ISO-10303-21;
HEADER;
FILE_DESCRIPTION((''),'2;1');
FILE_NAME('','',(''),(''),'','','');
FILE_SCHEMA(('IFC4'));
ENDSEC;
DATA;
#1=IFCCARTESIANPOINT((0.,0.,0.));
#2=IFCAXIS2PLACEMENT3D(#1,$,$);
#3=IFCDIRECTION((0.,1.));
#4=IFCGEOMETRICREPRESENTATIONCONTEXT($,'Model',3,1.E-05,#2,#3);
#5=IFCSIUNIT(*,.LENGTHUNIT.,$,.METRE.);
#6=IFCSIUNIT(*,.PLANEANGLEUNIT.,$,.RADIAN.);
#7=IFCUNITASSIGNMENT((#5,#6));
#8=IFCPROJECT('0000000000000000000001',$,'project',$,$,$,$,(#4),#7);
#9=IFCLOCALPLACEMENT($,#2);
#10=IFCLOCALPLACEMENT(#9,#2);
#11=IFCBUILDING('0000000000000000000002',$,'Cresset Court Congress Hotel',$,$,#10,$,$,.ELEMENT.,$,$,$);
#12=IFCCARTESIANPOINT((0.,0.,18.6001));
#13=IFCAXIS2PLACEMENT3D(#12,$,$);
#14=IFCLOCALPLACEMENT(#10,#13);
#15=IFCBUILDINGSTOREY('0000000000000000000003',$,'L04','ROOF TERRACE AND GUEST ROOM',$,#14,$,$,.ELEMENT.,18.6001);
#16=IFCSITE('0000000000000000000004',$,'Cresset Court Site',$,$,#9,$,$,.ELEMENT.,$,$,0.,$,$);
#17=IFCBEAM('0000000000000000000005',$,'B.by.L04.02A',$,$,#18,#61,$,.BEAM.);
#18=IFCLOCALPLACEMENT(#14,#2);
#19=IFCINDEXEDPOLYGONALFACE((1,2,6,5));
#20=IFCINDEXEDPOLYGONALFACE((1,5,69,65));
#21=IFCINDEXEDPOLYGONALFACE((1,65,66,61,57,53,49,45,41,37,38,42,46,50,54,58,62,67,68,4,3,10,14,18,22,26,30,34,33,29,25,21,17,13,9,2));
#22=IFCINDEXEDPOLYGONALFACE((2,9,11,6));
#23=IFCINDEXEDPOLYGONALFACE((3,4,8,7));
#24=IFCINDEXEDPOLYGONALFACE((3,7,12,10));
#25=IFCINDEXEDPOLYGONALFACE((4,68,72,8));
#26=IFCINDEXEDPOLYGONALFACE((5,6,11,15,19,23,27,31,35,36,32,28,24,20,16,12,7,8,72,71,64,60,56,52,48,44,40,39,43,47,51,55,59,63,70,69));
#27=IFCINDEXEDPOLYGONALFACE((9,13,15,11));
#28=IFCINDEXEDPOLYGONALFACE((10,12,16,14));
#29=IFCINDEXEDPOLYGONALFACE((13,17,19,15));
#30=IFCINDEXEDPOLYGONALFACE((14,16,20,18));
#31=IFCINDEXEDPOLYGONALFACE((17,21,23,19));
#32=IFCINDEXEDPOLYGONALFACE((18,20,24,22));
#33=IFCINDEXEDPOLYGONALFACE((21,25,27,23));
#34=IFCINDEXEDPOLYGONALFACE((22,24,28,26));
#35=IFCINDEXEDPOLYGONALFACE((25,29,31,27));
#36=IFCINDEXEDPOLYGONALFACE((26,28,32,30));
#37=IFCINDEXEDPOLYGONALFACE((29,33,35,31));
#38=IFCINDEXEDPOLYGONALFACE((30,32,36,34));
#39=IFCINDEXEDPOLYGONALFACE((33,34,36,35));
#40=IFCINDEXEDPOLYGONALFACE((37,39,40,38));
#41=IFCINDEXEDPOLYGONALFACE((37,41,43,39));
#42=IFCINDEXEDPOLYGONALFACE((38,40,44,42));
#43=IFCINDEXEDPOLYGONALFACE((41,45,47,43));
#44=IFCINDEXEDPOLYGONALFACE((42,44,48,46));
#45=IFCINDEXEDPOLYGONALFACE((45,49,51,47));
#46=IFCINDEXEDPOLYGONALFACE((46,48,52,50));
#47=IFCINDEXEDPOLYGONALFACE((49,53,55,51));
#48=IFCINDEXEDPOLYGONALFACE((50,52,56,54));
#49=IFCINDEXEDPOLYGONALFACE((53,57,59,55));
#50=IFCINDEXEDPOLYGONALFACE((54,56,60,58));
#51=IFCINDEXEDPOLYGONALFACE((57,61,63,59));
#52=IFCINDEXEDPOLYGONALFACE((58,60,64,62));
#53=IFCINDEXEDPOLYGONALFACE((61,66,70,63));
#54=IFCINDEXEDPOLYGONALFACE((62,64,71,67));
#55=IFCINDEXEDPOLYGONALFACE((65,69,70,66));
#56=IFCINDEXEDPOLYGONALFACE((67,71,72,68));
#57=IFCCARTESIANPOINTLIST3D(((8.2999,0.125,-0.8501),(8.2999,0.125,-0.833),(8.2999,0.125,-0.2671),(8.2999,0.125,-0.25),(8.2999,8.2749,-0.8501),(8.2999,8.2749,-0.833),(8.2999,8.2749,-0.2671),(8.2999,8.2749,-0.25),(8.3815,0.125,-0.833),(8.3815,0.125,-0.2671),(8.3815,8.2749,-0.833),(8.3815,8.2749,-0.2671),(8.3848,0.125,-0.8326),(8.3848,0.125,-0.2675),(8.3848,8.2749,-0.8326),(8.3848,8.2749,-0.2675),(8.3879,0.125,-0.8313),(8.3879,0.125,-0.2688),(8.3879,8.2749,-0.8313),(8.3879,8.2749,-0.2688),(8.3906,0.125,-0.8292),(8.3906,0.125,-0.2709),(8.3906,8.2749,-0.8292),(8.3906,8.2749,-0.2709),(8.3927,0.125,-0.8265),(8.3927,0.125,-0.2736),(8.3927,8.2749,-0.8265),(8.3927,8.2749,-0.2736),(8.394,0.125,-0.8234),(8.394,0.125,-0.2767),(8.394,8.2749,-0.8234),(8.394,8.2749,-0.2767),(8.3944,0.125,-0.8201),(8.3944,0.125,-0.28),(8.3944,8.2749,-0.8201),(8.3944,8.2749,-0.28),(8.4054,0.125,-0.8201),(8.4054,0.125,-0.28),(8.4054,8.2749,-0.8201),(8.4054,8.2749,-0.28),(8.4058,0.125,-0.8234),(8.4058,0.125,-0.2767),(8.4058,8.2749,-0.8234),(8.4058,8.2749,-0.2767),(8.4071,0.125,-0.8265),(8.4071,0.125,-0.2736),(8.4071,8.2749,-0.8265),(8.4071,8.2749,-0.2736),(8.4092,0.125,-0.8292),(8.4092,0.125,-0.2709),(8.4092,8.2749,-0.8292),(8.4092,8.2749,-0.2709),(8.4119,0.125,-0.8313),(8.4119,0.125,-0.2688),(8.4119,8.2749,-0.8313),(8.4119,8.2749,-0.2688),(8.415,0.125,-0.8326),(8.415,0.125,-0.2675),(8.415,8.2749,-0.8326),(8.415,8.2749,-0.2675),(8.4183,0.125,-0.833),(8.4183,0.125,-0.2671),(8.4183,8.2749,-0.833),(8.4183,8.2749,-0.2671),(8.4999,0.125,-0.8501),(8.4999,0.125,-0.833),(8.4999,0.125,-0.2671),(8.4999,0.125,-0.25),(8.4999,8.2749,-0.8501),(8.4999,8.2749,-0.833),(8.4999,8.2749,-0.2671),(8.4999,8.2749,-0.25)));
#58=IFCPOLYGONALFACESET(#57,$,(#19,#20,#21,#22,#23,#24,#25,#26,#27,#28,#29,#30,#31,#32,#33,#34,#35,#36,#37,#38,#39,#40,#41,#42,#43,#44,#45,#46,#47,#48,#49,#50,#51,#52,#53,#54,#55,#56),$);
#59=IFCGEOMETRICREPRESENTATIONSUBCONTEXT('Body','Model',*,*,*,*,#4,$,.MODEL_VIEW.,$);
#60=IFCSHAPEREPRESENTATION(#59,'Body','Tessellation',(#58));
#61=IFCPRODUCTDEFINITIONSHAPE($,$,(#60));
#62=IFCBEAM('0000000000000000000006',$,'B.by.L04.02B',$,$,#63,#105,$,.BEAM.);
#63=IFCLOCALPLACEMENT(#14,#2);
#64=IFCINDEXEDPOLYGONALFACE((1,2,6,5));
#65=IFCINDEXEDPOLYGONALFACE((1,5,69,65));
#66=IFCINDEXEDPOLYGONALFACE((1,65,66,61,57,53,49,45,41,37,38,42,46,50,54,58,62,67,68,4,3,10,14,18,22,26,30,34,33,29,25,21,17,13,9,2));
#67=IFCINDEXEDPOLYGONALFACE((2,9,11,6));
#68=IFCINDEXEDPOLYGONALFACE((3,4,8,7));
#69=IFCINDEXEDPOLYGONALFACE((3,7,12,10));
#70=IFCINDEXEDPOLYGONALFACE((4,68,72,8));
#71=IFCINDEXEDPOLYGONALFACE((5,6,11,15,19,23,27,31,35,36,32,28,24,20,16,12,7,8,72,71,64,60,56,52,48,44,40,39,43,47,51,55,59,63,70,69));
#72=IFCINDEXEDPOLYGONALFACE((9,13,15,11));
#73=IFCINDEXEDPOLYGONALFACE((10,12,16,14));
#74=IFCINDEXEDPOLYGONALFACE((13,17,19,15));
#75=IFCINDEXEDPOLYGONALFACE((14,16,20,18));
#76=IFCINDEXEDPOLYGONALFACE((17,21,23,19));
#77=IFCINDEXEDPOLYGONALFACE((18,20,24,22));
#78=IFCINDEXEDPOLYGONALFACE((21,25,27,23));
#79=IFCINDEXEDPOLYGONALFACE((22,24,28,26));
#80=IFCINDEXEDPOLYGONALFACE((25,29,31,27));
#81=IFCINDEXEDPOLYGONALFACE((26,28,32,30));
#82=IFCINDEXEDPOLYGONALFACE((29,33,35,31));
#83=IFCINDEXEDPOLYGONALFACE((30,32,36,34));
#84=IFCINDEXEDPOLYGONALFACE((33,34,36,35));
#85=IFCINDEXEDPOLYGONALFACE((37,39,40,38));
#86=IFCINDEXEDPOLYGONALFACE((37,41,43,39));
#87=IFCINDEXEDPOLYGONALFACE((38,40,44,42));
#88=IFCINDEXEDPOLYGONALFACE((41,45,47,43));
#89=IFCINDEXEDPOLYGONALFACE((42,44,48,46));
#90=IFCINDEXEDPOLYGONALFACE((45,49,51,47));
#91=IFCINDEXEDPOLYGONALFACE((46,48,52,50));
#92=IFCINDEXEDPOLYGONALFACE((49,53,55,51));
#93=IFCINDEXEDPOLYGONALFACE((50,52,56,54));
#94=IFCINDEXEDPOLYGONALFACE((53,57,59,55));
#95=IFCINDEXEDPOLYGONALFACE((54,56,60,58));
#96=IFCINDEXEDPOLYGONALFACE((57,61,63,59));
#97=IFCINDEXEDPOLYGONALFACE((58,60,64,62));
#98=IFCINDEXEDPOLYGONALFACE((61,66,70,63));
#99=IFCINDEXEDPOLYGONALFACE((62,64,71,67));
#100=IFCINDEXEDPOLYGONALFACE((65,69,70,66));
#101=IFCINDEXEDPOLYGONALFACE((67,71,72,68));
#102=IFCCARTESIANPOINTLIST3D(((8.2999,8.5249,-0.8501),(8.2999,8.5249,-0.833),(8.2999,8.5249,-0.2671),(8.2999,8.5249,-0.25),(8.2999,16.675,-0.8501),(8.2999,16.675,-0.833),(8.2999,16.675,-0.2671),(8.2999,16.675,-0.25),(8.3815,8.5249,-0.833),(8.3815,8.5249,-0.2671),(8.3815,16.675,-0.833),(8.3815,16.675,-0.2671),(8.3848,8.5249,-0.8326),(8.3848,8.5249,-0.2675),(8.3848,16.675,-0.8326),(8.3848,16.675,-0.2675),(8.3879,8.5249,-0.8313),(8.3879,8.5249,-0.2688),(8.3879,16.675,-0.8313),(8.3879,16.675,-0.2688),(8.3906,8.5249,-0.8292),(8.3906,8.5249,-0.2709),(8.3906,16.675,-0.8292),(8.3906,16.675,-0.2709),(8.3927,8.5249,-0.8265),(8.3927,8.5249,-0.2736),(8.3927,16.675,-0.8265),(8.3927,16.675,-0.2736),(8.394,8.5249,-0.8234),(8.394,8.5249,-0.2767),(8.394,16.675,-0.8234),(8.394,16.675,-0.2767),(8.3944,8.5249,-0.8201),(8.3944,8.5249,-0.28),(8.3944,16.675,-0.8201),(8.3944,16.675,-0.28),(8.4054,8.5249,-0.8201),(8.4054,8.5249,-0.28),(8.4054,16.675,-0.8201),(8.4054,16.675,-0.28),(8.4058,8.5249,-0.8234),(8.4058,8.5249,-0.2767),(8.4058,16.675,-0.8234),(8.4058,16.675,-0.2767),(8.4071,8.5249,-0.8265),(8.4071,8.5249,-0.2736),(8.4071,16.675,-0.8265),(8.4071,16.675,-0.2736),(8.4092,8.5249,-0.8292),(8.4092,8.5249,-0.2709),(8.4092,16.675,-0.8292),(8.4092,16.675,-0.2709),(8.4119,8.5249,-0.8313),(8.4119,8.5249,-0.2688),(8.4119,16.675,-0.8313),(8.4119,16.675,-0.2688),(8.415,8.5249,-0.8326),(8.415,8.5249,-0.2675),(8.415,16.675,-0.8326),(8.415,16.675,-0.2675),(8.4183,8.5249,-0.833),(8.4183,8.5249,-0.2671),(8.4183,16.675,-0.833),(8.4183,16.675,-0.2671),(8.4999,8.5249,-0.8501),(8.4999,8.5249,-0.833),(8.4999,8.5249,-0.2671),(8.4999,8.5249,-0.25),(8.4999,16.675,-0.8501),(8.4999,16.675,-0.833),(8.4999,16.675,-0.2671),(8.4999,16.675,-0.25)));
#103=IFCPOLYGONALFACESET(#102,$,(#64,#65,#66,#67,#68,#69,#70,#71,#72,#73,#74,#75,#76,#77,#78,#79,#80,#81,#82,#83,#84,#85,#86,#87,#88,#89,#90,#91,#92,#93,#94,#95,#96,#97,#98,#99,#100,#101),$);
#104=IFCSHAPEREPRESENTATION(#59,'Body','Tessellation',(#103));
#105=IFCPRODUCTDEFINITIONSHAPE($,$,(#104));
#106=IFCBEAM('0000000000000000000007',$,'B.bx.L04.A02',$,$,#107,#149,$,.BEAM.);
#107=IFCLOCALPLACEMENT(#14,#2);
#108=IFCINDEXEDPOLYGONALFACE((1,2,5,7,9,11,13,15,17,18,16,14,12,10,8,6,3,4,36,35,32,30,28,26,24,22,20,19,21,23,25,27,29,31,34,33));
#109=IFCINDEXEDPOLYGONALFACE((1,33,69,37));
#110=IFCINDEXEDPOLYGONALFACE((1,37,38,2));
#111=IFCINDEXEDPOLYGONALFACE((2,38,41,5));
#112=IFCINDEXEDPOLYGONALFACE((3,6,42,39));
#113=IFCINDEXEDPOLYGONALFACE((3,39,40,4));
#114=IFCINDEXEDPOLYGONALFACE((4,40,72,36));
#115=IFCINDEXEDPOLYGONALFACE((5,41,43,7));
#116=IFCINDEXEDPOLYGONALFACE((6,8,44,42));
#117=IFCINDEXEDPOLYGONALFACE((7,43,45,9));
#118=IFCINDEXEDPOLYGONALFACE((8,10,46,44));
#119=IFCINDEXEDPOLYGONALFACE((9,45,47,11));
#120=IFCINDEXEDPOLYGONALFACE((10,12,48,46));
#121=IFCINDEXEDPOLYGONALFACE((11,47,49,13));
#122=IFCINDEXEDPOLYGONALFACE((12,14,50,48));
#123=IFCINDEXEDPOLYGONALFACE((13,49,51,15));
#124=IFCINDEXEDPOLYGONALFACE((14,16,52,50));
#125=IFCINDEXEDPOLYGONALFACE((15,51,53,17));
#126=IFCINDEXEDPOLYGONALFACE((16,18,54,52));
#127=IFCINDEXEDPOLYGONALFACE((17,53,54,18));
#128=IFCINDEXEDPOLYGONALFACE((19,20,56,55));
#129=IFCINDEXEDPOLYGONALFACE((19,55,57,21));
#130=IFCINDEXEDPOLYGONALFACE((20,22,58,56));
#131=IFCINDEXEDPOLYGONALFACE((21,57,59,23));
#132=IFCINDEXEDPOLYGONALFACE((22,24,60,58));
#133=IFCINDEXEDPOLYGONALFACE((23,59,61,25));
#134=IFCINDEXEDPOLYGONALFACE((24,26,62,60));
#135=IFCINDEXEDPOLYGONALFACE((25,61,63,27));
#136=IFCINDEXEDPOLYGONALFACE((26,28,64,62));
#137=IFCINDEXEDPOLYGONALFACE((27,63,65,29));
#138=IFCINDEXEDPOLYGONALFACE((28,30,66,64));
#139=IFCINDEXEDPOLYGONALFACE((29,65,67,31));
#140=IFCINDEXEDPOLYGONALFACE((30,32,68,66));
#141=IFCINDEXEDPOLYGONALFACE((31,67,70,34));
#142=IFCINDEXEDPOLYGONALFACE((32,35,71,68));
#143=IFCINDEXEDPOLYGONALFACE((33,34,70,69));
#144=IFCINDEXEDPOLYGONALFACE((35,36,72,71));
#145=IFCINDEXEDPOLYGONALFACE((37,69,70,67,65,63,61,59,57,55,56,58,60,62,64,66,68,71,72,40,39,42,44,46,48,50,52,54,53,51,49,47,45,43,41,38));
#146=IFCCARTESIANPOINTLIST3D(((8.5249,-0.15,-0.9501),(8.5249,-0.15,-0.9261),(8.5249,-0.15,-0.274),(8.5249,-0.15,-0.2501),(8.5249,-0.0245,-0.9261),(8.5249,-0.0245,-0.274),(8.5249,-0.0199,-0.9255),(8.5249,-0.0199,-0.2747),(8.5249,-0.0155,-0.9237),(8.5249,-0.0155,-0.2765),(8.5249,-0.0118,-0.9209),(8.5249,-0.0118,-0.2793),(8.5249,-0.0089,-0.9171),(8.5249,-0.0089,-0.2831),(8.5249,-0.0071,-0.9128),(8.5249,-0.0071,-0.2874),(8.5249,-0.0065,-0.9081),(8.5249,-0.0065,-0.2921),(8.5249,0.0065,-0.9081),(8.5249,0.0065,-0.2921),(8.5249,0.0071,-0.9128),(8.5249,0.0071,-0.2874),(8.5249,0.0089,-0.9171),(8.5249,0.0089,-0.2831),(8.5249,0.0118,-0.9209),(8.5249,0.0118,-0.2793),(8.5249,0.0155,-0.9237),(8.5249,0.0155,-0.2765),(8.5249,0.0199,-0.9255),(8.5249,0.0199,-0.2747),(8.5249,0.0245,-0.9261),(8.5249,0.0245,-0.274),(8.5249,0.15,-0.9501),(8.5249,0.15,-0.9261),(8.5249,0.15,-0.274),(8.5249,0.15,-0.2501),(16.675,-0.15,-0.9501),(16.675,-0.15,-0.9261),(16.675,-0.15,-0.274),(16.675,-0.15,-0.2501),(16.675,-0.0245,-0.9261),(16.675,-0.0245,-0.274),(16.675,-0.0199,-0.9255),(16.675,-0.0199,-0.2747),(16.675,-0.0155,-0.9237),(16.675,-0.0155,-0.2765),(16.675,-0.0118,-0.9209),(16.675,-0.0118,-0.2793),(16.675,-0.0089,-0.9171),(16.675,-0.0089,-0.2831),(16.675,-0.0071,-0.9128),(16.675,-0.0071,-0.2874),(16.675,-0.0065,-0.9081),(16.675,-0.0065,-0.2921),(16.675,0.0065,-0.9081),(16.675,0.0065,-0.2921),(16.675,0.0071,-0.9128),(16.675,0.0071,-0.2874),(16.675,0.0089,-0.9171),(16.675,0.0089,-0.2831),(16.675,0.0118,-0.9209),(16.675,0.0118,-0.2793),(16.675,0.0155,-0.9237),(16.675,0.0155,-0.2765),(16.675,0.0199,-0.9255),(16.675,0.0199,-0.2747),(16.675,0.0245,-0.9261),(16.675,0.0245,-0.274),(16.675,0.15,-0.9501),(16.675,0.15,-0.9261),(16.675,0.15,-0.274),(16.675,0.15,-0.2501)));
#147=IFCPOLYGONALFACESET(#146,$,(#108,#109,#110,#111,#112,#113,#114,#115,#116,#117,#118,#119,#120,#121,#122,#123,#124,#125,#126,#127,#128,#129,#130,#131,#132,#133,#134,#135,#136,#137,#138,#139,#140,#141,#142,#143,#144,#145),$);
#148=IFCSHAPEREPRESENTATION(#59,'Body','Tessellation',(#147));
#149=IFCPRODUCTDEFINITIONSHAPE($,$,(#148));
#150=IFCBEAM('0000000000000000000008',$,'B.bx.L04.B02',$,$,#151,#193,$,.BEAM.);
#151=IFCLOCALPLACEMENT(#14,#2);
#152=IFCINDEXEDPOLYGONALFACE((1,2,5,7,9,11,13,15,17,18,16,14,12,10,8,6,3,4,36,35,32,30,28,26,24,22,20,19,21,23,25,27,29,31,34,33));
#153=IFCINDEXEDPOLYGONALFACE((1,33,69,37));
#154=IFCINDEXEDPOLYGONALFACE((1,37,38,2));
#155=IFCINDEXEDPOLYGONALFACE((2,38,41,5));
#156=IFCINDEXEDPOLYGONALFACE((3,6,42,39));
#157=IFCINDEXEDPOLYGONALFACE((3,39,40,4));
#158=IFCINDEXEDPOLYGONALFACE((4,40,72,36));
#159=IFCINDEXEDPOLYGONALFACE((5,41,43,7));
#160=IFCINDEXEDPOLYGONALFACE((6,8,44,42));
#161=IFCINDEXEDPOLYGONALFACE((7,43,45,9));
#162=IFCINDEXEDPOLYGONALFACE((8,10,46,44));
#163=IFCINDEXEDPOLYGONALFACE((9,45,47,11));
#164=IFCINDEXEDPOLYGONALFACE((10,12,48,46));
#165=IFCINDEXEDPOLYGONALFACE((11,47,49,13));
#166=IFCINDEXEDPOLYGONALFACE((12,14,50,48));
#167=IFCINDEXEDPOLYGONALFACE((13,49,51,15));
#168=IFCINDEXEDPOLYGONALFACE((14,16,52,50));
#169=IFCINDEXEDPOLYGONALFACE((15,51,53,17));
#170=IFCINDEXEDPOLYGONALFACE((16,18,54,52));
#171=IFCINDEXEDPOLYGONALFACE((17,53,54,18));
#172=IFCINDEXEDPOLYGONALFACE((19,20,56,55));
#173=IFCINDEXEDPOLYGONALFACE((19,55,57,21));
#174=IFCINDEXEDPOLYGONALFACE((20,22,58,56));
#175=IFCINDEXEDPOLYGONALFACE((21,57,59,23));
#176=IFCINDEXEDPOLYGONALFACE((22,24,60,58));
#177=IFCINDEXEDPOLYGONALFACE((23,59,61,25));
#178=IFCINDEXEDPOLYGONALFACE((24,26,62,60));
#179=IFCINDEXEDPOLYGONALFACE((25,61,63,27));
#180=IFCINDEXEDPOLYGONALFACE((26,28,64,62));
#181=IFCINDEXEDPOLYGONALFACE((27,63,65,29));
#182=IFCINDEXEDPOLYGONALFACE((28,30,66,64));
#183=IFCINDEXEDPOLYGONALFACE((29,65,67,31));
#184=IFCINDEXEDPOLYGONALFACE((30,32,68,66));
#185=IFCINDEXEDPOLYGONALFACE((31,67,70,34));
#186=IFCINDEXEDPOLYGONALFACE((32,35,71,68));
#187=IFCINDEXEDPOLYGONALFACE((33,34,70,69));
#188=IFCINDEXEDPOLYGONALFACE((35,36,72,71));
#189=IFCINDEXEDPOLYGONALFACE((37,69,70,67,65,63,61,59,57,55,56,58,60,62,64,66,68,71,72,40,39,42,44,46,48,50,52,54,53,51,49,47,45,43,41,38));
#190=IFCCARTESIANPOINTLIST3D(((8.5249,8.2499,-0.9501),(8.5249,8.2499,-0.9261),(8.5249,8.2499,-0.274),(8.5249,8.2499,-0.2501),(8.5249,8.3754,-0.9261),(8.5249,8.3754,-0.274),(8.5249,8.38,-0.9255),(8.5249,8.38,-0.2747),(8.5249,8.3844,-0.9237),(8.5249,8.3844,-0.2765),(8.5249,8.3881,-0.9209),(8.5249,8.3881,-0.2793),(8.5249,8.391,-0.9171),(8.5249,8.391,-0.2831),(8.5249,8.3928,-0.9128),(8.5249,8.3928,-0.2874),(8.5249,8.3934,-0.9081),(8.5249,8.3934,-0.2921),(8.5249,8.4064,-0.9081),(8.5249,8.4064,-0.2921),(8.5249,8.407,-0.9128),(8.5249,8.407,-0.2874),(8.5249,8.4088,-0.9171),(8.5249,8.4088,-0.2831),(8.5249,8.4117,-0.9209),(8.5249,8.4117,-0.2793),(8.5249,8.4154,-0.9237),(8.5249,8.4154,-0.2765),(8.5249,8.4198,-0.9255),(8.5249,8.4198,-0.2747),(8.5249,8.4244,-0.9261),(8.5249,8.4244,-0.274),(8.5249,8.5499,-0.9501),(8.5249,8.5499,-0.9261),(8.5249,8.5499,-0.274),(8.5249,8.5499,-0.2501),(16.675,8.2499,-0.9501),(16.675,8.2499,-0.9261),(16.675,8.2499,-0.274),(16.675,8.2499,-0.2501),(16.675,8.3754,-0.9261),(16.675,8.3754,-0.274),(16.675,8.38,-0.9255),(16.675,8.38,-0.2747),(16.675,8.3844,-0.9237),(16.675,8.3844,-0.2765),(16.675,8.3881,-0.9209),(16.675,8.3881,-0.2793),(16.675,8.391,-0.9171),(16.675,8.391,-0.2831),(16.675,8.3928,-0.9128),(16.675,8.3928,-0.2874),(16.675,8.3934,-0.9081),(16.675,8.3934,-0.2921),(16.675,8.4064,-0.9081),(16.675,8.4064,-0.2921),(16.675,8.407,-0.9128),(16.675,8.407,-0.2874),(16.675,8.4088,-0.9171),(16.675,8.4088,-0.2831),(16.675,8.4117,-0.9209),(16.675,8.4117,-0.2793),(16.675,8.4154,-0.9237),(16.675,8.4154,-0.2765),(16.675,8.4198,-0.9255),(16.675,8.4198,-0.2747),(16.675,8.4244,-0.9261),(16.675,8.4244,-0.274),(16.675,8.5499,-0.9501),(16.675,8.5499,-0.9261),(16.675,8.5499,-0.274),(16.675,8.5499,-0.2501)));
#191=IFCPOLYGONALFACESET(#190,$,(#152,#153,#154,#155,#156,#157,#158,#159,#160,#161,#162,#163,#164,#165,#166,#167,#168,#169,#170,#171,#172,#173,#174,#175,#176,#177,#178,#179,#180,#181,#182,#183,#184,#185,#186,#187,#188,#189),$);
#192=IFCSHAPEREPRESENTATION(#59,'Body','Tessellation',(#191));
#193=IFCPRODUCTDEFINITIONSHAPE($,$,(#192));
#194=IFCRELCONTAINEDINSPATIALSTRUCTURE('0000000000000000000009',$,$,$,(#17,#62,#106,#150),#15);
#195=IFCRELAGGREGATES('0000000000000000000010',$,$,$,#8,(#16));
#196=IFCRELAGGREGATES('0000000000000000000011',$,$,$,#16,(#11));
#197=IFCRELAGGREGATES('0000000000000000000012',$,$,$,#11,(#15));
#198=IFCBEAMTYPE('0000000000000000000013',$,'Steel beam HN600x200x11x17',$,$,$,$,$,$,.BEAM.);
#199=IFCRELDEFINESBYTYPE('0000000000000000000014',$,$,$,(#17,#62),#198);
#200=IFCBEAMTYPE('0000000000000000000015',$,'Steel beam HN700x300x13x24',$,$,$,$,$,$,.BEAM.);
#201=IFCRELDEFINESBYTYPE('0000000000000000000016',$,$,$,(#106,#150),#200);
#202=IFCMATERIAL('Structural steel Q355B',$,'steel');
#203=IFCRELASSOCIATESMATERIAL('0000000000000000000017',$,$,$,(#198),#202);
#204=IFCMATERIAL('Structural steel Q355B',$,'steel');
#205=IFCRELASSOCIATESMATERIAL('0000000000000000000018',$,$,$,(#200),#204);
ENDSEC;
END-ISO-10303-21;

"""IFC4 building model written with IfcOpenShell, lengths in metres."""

from ifc_helpers import new_model, si_unit, direction, frame, origin, origin_2d, place, context, subcontext, project, spatial, i_section, extrude, material, material_profile, profile_set, type_object, element, save


model = new_model("IFC4")

# Units and contexts
model_context = context("Model", 3, precision=1e-05, world=origin(), true_north=direction((0.0, 1.0)))
body_context = subcontext(model_context, "Body", "Model", "MODEL_VIEW")
ifc_project = project(units=[si_unit("LENGTHUNIT", "METRE"), si_unit("PLANEANGLEUNIT", "RADIAN")], contexts=[model_context])

# Site, building, storey
site_placement = place(None, origin())
site = spatial("IfcSite", under=ifc_project, at=site_placement, Name="Cresset Court Site", CompositionType="ELEMENT", RefElevation=0.0)
building_placement = place(site_placement, origin())
building = spatial("IfcBuilding", under=site, at=building_placement, Name="Cresset Court Congress Hotel", CompositionType="ELEMENT")
storey_placement = place(building_placement, frame((0.0, 0.0, 18.6001)))
storey = spatial("IfcBuildingStorey", under=building, at=storey_placement, Name="L04", Description="ROOF TERRACE AND GUEST ROOM", CompositionType="ELEMENT", Elevation=18.6001)

# Beams
ifc_material_1 = material(Name="Structural steel Q355B", Category="steel")
ifc_material_profile_1 = material_profile(ifc_material_1, i_section(OverallWidth=0.2, OverallDepth=0.6001, WebThickness=0.011, FlangeThickness=0.0171, FilletRadius=0.0129, at=origin_2d()), Name="HN600x200x11x17")
ifc_profile_set_1 = profile_set([ifc_material_profile_1], Name="Structural steel Q355B")
beam_type_1 = type_object("IfcBeamType", Name="Steel beam HN600x200x11x17", PredefinedType="BEAM", material=ifc_profile_set_1)
beam_1_placement = place(storey_placement, frame((8.3999, 0.125, -0.55), z_axis=(0.0, 1.0, 0.0), x_axis=(-1.0, 0.0, 0.0)))
element("IfcBeam", 1, at=beam_1_placement, inside=storey, type_object=beam_type_1, Name="B.by.L04.02A", PredefinedType="BEAM", context=body_context, shape_type="SweptSolid", body=[
    extrude(i_section(OverallWidth=0.2, OverallDepth=0.6001, WebThickness=0.011, FlangeThickness=0.0171, FilletRadius=0.0129, at=origin_2d()), origin(), (0.0, 0.0, 1.0), 8.1499),
])
beam_2_placement = place(storey_placement, frame((8.3999, 8.5249, -0.55), z_axis=(0.0, 1.0, 0.0), x_axis=(-1.0, 0.0, 0.0)))
element("IfcBeam", 2, at=beam_2_placement, inside=storey, type_object=beam_type_1, Name="B.by.L04.02B", PredefinedType="BEAM", context=body_context, shape_type="SweptSolid", body=[
    extrude(i_section(OverallWidth=0.2, OverallDepth=0.6001, WebThickness=0.011, FlangeThickness=0.0171, FilletRadius=0.0129, at=origin_2d()), origin(), (0.0, 0.0, 1.0), 8.1501),
])
ifc_material_2 = material(Name="Structural steel Q355B", Category="steel")
ifc_material_profile_2 = material_profile(ifc_material_2, i_section(OverallWidth=0.3, OverallDepth=0.7, WebThickness=0.0129, FlangeThickness=0.0239, FilletRadius=0.0181, at=origin_2d()), Name="HN700x300x13x24")
ifc_profile_set_2 = profile_set([ifc_material_profile_2], Name="Structural steel Q355B")
beam_type_2 = type_object("IfcBeamType", Name="Steel beam HN700x300x13x24", PredefinedType="BEAM", material=ifc_profile_set_2)
for number, where, z_axis, x_axis, name in (
    (3, (8.5249, 0.0, -0.6001), (1.0, 0.0, 0.0), (0.0, 1.0, 0.0), "B.bx.L04.A02"),
    (4, (8.5249, 8.3999, -0.6001), (1.0, 0.0, 0.0), (0.0, 1.0, 0.0), "B.bx.L04.B02"),
):
    element("IfcBeam", number, at=place(storey_placement, frame(where, z_axis=z_axis, x_axis=x_axis)), inside=storey, type_object=beam_type_2, Name=name, PredefinedType="BEAM", context=body_context, shape_type="SweptSolid", body=[
        extrude(i_section(OverallWidth=0.3, OverallDepth=0.7, WebThickness=0.0129, FlangeThickness=0.0239, FilletRadius=0.0181, at=origin_2d()), origin(), (0.0, 0.0, 1.0), 8.1501),
    ])

save(model, "model.ifc")
